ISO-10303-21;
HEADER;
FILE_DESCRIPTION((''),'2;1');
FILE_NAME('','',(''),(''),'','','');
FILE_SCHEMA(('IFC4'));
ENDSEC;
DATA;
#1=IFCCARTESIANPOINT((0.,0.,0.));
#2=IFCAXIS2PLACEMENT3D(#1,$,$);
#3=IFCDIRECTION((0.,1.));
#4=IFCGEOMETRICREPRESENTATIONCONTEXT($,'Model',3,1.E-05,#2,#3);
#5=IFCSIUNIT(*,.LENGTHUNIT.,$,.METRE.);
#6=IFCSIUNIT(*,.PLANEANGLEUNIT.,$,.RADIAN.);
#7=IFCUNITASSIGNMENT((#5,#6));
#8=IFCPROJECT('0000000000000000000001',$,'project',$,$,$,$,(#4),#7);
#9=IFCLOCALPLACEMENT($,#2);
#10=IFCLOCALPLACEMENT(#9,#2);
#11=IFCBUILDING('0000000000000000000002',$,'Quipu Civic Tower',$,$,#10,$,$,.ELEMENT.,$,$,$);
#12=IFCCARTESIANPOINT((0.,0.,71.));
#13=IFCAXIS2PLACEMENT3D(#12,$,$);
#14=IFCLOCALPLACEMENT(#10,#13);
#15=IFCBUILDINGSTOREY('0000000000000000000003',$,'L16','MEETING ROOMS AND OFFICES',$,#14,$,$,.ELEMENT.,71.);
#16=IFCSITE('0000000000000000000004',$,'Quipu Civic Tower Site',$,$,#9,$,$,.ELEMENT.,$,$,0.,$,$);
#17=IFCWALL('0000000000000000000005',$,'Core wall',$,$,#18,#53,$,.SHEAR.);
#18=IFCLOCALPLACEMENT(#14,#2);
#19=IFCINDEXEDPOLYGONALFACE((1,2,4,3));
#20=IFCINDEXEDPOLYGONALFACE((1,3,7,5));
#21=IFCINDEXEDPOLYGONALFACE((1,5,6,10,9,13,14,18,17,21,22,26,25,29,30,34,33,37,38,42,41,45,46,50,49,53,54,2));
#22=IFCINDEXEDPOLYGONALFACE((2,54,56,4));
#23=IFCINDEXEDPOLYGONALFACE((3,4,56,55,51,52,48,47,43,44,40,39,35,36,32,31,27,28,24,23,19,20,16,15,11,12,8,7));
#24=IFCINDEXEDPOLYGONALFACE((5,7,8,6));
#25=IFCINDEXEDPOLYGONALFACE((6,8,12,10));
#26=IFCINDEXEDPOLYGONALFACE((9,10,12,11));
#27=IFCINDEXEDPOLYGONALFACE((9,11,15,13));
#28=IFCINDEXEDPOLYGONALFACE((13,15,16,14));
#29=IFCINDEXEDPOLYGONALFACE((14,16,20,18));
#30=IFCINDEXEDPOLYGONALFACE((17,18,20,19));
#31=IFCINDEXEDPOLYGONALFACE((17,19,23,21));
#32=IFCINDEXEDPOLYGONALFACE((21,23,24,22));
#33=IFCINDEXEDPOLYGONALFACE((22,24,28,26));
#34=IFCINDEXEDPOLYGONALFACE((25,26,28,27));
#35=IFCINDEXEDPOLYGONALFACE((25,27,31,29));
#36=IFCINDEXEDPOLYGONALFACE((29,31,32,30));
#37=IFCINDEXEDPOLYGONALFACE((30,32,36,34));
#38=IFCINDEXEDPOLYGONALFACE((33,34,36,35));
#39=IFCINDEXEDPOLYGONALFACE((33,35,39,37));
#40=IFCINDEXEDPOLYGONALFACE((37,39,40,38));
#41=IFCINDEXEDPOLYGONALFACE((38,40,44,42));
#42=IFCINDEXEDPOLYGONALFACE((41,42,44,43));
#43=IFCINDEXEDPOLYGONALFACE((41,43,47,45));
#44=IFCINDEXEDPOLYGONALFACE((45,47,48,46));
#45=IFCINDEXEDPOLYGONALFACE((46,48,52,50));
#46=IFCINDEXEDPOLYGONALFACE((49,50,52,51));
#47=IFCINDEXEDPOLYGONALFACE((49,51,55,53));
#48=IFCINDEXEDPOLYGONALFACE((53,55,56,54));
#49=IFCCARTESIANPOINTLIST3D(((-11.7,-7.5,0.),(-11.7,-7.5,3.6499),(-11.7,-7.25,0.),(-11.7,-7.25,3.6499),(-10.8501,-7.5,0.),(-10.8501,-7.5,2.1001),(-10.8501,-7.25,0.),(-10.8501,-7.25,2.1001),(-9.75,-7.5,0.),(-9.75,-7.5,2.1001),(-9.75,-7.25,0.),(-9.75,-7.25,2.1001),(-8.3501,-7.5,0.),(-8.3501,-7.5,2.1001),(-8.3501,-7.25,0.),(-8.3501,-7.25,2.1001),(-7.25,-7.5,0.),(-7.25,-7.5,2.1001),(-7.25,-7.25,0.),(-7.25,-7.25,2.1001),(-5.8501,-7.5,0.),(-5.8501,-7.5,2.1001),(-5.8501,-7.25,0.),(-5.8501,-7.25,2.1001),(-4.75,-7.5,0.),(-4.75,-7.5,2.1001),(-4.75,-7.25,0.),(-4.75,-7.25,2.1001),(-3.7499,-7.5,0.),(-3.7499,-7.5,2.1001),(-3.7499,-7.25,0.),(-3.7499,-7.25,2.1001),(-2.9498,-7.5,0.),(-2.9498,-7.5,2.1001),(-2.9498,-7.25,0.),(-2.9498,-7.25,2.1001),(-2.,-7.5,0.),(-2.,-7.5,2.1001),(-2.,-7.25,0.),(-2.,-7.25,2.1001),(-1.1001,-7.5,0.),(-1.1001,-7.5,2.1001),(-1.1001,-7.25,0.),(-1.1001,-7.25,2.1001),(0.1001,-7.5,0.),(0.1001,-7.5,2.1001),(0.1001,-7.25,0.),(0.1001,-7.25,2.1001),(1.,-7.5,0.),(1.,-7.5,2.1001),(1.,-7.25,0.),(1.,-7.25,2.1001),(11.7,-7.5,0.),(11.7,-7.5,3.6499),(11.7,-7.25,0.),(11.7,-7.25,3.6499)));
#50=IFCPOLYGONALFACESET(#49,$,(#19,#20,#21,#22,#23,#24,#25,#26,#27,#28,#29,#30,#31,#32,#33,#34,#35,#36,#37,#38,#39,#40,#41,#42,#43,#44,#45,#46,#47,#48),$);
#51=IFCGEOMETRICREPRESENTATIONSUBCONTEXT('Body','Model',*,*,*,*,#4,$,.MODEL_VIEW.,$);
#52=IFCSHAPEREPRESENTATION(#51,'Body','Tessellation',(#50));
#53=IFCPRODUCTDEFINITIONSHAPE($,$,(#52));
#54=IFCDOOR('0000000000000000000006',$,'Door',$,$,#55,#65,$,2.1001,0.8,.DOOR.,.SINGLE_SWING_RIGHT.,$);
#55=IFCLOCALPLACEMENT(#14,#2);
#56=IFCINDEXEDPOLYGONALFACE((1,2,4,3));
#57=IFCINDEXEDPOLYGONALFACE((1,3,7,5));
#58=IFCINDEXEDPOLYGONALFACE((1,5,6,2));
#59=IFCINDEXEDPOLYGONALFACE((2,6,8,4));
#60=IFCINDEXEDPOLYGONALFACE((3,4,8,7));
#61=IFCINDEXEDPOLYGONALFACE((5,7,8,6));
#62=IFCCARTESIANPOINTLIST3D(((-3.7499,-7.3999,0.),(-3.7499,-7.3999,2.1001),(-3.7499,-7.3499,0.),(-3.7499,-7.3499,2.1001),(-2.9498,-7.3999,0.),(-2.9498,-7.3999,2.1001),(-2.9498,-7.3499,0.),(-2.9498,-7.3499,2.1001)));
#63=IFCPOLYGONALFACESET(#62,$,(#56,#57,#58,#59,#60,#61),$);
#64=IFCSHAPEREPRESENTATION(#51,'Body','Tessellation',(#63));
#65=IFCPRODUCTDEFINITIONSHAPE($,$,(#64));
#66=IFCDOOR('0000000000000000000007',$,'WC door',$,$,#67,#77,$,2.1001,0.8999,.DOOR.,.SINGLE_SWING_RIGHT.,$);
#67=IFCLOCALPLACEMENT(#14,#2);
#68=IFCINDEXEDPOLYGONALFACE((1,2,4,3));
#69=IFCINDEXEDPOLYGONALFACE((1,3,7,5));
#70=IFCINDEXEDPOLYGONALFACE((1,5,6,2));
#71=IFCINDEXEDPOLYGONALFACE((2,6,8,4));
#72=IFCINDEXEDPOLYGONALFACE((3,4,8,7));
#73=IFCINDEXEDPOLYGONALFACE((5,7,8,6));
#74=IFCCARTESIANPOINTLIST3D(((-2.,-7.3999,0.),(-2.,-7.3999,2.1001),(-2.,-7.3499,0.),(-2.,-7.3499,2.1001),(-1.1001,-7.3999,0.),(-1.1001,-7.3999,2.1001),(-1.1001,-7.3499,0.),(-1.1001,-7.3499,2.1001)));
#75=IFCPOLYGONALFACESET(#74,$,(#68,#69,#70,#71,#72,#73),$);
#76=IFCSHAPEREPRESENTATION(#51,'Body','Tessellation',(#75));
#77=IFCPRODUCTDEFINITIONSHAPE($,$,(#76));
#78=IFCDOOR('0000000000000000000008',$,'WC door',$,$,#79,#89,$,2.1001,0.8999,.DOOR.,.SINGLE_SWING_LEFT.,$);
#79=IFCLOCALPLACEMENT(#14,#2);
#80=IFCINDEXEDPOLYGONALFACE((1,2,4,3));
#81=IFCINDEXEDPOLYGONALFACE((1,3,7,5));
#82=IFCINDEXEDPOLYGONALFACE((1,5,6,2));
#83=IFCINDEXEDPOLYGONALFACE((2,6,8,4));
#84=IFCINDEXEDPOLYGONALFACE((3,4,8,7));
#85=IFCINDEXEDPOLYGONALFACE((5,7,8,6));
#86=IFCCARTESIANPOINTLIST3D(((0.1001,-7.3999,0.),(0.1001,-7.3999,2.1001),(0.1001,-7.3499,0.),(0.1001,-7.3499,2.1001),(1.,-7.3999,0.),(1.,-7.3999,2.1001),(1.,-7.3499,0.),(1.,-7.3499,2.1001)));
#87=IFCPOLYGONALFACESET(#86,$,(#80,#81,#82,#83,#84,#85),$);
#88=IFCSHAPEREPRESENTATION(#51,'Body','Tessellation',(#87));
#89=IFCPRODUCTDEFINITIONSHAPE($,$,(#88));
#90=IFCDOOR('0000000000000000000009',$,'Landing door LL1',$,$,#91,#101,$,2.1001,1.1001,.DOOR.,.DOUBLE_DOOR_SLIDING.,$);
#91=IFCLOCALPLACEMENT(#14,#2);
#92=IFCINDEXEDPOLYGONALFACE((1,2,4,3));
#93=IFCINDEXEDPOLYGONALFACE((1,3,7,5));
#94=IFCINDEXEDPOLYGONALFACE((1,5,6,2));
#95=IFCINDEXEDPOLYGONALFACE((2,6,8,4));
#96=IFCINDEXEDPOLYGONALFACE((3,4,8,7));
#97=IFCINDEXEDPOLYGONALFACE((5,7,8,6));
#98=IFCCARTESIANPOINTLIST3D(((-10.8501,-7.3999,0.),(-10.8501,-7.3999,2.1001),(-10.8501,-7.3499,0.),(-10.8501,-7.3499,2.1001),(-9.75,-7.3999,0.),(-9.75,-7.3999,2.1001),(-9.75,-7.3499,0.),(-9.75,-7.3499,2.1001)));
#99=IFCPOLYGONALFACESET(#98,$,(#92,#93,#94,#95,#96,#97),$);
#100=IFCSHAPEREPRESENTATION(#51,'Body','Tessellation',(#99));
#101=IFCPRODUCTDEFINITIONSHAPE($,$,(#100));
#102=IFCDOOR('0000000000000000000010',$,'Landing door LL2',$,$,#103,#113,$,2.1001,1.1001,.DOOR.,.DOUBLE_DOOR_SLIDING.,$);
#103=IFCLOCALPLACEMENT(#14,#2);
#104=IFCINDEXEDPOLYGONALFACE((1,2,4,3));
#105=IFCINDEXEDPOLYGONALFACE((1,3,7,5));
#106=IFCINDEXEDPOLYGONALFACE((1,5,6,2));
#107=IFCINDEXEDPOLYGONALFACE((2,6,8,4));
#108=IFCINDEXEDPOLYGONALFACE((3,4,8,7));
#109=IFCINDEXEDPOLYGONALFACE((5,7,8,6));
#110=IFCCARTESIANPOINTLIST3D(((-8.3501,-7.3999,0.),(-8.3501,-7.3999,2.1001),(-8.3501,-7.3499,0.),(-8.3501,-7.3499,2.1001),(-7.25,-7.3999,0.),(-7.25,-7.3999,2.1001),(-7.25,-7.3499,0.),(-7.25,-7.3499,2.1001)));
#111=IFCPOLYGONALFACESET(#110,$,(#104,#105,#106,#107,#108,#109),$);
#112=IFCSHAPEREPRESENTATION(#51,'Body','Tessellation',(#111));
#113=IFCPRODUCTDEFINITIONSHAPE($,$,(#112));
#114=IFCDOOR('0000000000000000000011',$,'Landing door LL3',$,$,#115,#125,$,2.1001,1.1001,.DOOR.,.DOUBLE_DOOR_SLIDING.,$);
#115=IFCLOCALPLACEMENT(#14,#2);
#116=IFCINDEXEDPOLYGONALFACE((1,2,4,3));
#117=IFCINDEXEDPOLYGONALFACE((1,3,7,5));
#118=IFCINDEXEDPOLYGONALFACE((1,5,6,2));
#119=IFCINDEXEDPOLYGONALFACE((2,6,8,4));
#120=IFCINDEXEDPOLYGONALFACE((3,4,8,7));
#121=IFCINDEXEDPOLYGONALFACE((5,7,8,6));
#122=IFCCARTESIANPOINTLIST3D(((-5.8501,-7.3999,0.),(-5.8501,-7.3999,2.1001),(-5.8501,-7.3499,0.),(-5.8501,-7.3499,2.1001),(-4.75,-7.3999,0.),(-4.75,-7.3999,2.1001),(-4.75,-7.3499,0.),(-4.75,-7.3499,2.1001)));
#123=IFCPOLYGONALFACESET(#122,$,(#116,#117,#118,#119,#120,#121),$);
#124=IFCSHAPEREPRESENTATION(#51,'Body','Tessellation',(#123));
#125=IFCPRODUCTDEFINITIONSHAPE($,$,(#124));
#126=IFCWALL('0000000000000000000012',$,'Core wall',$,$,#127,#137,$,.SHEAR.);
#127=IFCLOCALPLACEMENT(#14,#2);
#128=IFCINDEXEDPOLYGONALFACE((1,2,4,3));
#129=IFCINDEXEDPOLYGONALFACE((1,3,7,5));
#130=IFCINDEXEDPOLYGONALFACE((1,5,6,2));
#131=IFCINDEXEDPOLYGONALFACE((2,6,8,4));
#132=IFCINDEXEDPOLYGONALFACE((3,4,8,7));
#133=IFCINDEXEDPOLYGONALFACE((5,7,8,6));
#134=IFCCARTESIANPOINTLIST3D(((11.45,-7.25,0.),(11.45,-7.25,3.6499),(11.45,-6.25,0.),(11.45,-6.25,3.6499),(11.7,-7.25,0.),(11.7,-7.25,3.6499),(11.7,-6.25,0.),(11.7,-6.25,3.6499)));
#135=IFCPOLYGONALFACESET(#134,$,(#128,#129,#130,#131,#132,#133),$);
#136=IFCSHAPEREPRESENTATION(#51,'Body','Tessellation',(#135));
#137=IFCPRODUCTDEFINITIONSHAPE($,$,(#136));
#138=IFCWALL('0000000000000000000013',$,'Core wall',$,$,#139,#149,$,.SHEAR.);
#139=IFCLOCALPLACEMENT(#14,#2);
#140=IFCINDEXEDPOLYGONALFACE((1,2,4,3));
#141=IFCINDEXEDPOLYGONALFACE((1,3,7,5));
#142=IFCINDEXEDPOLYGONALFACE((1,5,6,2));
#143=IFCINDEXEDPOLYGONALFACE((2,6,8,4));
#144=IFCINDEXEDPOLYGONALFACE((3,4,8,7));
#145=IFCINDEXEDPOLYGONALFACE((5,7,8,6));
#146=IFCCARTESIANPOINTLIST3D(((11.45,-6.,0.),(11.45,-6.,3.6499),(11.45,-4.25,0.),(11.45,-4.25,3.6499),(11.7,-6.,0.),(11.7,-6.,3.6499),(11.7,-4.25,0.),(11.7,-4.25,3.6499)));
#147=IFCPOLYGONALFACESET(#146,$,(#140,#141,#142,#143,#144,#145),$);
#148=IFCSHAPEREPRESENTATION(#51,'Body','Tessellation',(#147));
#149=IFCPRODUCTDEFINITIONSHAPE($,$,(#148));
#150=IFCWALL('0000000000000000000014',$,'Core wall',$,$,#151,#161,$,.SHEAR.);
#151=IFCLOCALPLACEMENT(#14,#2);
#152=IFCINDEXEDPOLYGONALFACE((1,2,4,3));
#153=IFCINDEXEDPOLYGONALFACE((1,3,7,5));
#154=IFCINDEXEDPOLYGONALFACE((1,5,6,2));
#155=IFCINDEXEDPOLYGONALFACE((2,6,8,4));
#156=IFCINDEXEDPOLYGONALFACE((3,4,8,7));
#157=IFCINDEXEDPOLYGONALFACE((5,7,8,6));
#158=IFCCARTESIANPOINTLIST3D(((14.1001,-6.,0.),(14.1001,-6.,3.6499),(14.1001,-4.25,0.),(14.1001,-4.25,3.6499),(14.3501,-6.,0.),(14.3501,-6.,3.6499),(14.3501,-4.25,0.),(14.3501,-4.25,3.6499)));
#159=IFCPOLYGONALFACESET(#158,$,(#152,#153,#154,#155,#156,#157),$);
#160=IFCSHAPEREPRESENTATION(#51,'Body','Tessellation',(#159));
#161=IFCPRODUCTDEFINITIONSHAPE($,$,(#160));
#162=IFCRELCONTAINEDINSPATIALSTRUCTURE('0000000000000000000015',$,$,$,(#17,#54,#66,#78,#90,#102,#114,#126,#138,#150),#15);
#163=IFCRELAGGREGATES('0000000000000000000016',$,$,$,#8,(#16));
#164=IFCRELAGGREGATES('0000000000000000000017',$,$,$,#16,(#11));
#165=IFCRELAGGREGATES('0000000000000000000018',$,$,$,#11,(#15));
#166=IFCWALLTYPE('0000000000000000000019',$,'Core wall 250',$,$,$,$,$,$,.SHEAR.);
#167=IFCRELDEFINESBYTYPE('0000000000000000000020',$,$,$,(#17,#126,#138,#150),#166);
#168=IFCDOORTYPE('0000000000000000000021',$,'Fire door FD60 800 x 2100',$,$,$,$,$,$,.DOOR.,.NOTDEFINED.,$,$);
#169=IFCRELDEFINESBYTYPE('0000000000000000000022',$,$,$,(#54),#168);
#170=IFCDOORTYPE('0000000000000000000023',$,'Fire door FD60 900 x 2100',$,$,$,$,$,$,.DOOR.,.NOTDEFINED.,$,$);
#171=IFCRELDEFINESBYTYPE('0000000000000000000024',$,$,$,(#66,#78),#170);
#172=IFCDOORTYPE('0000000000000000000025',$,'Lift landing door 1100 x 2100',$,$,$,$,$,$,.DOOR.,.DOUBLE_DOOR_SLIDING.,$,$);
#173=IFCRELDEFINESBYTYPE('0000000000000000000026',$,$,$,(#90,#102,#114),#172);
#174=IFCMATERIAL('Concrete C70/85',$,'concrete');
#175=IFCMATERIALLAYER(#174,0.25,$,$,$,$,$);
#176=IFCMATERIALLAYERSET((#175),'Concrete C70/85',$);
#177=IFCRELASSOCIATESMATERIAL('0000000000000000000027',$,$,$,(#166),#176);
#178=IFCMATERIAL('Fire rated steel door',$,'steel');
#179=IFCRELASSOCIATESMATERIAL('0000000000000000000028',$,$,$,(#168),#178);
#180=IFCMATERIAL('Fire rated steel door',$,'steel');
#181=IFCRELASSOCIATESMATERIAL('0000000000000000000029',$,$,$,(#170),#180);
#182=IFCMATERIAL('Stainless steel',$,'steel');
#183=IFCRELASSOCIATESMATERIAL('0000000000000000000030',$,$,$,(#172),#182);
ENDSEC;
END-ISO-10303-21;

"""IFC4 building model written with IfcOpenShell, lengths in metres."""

from ifc_helpers import new_model, si_unit, direction, frame, frame_2d, origin, place, context, subcontext, project, spatial, rectangle, extrude, material, layer, layer_set, type_object, element, fill, save


model = new_model("IFC4")

# Units and contexts
model_context = context("Model", 3, precision=1e-05, world=origin(), true_north=direction((0.0, 1.0)))
body_context = subcontext(model_context, "Body", "Model", "MODEL_VIEW")
ifc_project = project(units=[si_unit("LENGTHUNIT", "METRE"), si_unit("PLANEANGLEUNIT", "RADIAN")], contexts=[model_context])

# Site, building, storey
site_placement = place(None, origin())
site = spatial("IfcSite", under=ifc_project, at=site_placement, Name="Quipu Civic Tower Site", CompositionType="ELEMENT", RefElevation=0.0)
building_placement = place(site_placement, origin())
building = spatial("IfcBuilding", under=site, at=building_placement, Name="Quipu Civic Tower", CompositionType="ELEMENT")
storey_placement = place(building_placement, frame((0.0, 0.0, 71.0)))
storey = spatial("IfcBuildingStorey", under=building, at=storey_placement, Name="L16", Description="MEETING ROOMS AND OFFICES", CompositionType="ELEMENT", Elevation=71.0)

# Shared definitions
ifc_material_1 = material(Name="Concrete C70/85", Category="concrete")
ifc_layer_1 = layer(ifc_material_1, 0.25)
ifc_layer_set_1 = layer_set([ifc_layer_1], Name="Concrete C70/85")
wall_type_1 = type_object("IfcWallType", Name="Core wall 250", PredefinedType="SHEAR", material=ifc_layer_set_1)

# Wall, openings, doors
wall_1_placement = place(storey_placement, frame((11.7, -7.375, 0.0), z_axis=(0.0, 0.0, 1.0), x_axis=(-1.0, 0.0, 0.0)))
wall_1 = element("IfcWall", 1, at=wall_1_placement, inside=storey, type_object=wall_type_1, Name="Core wall", PredefinedType="SHEAR", context=body_context, shape_type="SweptSolid", body=[
    extrude(rectangle(XDim=23.3999, YDim=0.25, at=frame_2d((11.7, 0.0))), origin(), (0.0, 0.0, 1.0), 3.6499),
])
opening_1_placement = place(wall_1_placement, frame((21.45, 0.0, 0.0)))
opening_1 = element("IfcOpeningElement", 2, at=opening_1_placement, cuts=wall_1, PredefinedType="OPENING", context=body_context, shape_type="SweptSolid", body=[
    extrude(rectangle(XDim=1.1001, YDim=2.1001, at=frame_2d((0.55, 1.05))), frame((0.0, 0.135, 0.0), z_axis=(0.0, -1.0, 0.0), x_axis=(1.0, 0.0, 0.0)), (0.0, 0.0, 1.0), 0.27),
])
opening_2_placement = place(wall_1_placement, frame((18.95, 0.0, 0.0)))
opening_2 = element("IfcOpeningElement", 3, at=opening_2_placement, cuts=wall_1, PredefinedType="OPENING", context=body_context, shape_type="SweptSolid", body=[
    extrude(rectangle(XDim=1.1001, YDim=2.1001, at=frame_2d((0.55, 1.05))), frame((0.0, 0.135, 0.0), z_axis=(0.0, -1.0, 0.0), x_axis=(1.0, 0.0, 0.0)), (0.0, 0.0, 1.0), 0.27),
])
opening_3_placement = place(wall_1_placement, frame((16.45, 0.0, 0.0)))
opening_3 = element("IfcOpeningElement", 4, at=opening_3_placement, cuts=wall_1, PredefinedType="OPENING", context=body_context, shape_type="SweptSolid", body=[
    extrude(rectangle(XDim=1.1001, YDim=2.1001, at=frame_2d((0.55, 1.05))), frame((0.0, 0.135, 0.0), z_axis=(0.0, -1.0, 0.0), x_axis=(1.0, 0.0, 0.0)), (0.0, 0.0, 1.0), 0.27),
])
opening_4_placement = place(wall_1_placement, frame((14.6499, 0.0, 0.0)))
opening_4 = element("IfcOpeningElement", 5, at=opening_4_placement, cuts=wall_1, PredefinedType="OPENING", context=body_context, shape_type="SweptSolid", body=[
    extrude(rectangle(XDim=0.8, YDim=2.1001, at=frame_2d((0.3999, 1.05))), frame((0.0, 0.135, 0.0), z_axis=(0.0, -1.0, 0.0), x_axis=(1.0, 0.0, 0.0)), (0.0, 0.0, 1.0), 0.27),
])
opening_5_placement = place(wall_1_placement, frame((12.8, 0.0, 0.0)))
opening_5 = element("IfcOpeningElement", 6, at=opening_5_placement, cuts=wall_1, PredefinedType="OPENING", context=body_context, shape_type="SweptSolid", body=[
    extrude(rectangle(XDim=0.8999, YDim=2.1001, at=frame_2d((0.45, 1.05))), frame((0.0, 0.135, 0.0), z_axis=(0.0, -1.0, 0.0), x_axis=(1.0, 0.0, 0.0)), (0.0, 0.0, 1.0), 0.27),
])
opening_6_placement = place(wall_1_placement, frame((10.7, 0.0, 0.0)))
opening_6 = element("IfcOpeningElement", 7, at=opening_6_placement, cuts=wall_1, PredefinedType="OPENING", context=body_context, shape_type="SweptSolid", body=[
    extrude(rectangle(XDim=0.8999, YDim=2.1001, at=frame_2d((0.45, 1.05))), frame((0.0, 0.135, 0.0), z_axis=(0.0, -1.0, 0.0), x_axis=(1.0, 0.0, 0.0)), (0.0, 0.0, 1.0), 0.27),
])
ifc_material_2 = material(Name="Fire rated steel door", Category="steel")
door_type_1 = type_object("IfcDoorType", Name="Fire door FD60 800 x 2100", OperationType="NOTDEFINED", PredefinedType="DOOR", material=ifc_material_2)
door_1_placement = place(opening_4_placement, origin())
door_1 = element("IfcDoor", 8, at=door_1_placement, inside=storey, type_object=door_type_1, Name="Door", OperationType="SINGLE_SWING_RIGHT", OverallHeight=2.1001, OverallWidth=0.8, PredefinedType="DOOR", context=body_context, shape_type="SweptSolid", body=[
    extrude(rectangle(XDim=0.8, YDim=2.1001, at=frame_2d((0.3999, 1.05))), frame((0.0, 0.0249, 0.0), z_axis=(0.0, -1.0, 0.0), x_axis=(1.0, 0.0, 0.0)), (0.0, 0.0, 1.0), 0.05),
])
fill(opening_4, door_1)
ifc_material_3 = material(Name="Fire rated steel door", Category="steel")
door_type_2 = type_object("IfcDoorType", Name="Fire door FD60 900 x 2100", OperationType="NOTDEFINED", PredefinedType="DOOR", material=ifc_material_3)
door_2_placement = place(opening_5_placement, origin())
door_2 = element("IfcDoor", 9, at=door_2_placement, inside=storey, type_object=door_type_2, Name="WC door", OperationType="SINGLE_SWING_RIGHT", OverallHeight=2.1001, OverallWidth=0.8999, PredefinedType="DOOR", context=body_context, shape_type="SweptSolid", body=[
    extrude(rectangle(XDim=0.8999, YDim=2.1001, at=frame_2d((0.45, 1.05))), frame((0.0, 0.0249, 0.0), z_axis=(0.0, -1.0, 0.0), x_axis=(1.0, 0.0, 0.0)), (0.0, 0.0, 1.0), 0.05),
])
fill(opening_5, door_2)
door_3_placement = place(opening_6_placement, origin())
door_3 = element("IfcDoor", 10, at=door_3_placement, inside=storey, type_object=door_type_2, Name="WC door", OperationType="SINGLE_SWING_LEFT", OverallHeight=2.1001, OverallWidth=0.8999, PredefinedType="DOOR", context=body_context, shape_type="SweptSolid", body=[
    extrude(rectangle(XDim=0.8999, YDim=2.1001, at=frame_2d((0.45, 1.05))), frame((0.0, 0.0249, 0.0), z_axis=(0.0, -1.0, 0.0), x_axis=(1.0, 0.0, 0.0)), (0.0, 0.0, 1.0), 0.05),
])
fill(opening_6, door_3)
ifc_material_4 = material(Name="Stainless steel", Category="steel")
door_type_3 = type_object("IfcDoorType", Name="Lift landing door 1100 x 2100", OperationType="DOUBLE_DOOR_SLIDING", PredefinedType="DOOR", material=ifc_material_4)
door_4_placement = place(opening_1_placement, origin())
door_4 = element("IfcDoor", 11, at=door_4_placement, inside=storey, type_object=door_type_3, Name="Landing door LL1", OperationType="DOUBLE_DOOR_SLIDING", OverallHeight=2.1001, OverallWidth=1.1001, PredefinedType="DOOR", context=body_context, shape_type="SweptSolid", body=[
    extrude(rectangle(XDim=1.1001, YDim=2.1001, at=frame_2d((0.55, 1.05))), frame((0.0, 0.0249, 0.0), z_axis=(0.0, -1.0, 0.0), x_axis=(1.0, 0.0, 0.0)), (0.0, 0.0, 1.0), 0.05),
])
fill(opening_1, door_4)
door_5_placement = place(opening_2_placement, origin())
door_5 = element("IfcDoor", 12, at=door_5_placement, inside=storey, type_object=door_type_3, Name="Landing door LL2", OperationType="DOUBLE_DOOR_SLIDING", OverallHeight=2.1001, OverallWidth=1.1001, PredefinedType="DOOR", context=body_context, shape_type="SweptSolid", body=[
    extrude(rectangle(XDim=1.1001, YDim=2.1001, at=frame_2d((0.55, 1.05))), frame((0.0, 0.0249, 0.0), z_axis=(0.0, -1.0, 0.0), x_axis=(1.0, 0.0, 0.0)), (0.0, 0.0, 1.0), 0.05),
])
fill(opening_2, door_5)
door_6_placement = place(opening_3_placement, origin())
door_6 = element("IfcDoor", 13, at=door_6_placement, inside=storey, type_object=door_type_3, Name="Landing door LL3", OperationType="DOUBLE_DOOR_SLIDING", OverallHeight=2.1001, OverallWidth=1.1001, PredefinedType="DOOR", context=body_context, shape_type="SweptSolid", body=[
    extrude(rectangle(XDim=1.1001, YDim=2.1001, at=frame_2d((0.55, 1.05))), frame((0.0, 0.0249, 0.0), z_axis=(0.0, -1.0, 0.0), x_axis=(1.0, 0.0, 0.0)), (0.0, 0.0, 1.0), 0.05),
])
fill(opening_3, door_6)

# Walls
wall_2_placement = place(storey_placement, frame((11.575, -7.25, 0.0), z_axis=(0.0, 0.0, 1.0), x_axis=(0.0, 1.0, 0.0)))
element("IfcWall", 14, at=wall_2_placement, inside=storey, type_object=wall_type_1, Name="Core wall", PredefinedType="SHEAR", context=body_context, shape_type="SweptSolid", body=[
    extrude(rectangle(XDim=1.0, YDim=0.25, at=frame_2d((0.5, 0.0))), origin(), (0.0, 0.0, 1.0), 3.6499),
])
for number, where, z_axis, x_axis, name in (
    (15, (11.575, -6.0, 0.0), (0.0, 0.0, 1.0), (0.0, 1.0, 0.0), "Core wall"),
    (16, (14.2251, -6.0, 0.0), (0.0, 0.0, 1.0), (0.0, 1.0, 0.0), "Core wall"),
):
    element("IfcWall", number, at=place(storey_placement, frame(where, z_axis=z_axis, x_axis=x_axis)), inside=storey, type_object=wall_type_1, Name=name, PredefinedType="SHEAR", context=body_context, shape_type="SweptSolid", body=[
        extrude(rectangle(XDim=1.75, YDim=0.25, at=frame_2d((0.875, 0.0))), origin(), (0.0, 0.0, 1.0), 3.6499),
    ])

save(model, "model.ifc")
